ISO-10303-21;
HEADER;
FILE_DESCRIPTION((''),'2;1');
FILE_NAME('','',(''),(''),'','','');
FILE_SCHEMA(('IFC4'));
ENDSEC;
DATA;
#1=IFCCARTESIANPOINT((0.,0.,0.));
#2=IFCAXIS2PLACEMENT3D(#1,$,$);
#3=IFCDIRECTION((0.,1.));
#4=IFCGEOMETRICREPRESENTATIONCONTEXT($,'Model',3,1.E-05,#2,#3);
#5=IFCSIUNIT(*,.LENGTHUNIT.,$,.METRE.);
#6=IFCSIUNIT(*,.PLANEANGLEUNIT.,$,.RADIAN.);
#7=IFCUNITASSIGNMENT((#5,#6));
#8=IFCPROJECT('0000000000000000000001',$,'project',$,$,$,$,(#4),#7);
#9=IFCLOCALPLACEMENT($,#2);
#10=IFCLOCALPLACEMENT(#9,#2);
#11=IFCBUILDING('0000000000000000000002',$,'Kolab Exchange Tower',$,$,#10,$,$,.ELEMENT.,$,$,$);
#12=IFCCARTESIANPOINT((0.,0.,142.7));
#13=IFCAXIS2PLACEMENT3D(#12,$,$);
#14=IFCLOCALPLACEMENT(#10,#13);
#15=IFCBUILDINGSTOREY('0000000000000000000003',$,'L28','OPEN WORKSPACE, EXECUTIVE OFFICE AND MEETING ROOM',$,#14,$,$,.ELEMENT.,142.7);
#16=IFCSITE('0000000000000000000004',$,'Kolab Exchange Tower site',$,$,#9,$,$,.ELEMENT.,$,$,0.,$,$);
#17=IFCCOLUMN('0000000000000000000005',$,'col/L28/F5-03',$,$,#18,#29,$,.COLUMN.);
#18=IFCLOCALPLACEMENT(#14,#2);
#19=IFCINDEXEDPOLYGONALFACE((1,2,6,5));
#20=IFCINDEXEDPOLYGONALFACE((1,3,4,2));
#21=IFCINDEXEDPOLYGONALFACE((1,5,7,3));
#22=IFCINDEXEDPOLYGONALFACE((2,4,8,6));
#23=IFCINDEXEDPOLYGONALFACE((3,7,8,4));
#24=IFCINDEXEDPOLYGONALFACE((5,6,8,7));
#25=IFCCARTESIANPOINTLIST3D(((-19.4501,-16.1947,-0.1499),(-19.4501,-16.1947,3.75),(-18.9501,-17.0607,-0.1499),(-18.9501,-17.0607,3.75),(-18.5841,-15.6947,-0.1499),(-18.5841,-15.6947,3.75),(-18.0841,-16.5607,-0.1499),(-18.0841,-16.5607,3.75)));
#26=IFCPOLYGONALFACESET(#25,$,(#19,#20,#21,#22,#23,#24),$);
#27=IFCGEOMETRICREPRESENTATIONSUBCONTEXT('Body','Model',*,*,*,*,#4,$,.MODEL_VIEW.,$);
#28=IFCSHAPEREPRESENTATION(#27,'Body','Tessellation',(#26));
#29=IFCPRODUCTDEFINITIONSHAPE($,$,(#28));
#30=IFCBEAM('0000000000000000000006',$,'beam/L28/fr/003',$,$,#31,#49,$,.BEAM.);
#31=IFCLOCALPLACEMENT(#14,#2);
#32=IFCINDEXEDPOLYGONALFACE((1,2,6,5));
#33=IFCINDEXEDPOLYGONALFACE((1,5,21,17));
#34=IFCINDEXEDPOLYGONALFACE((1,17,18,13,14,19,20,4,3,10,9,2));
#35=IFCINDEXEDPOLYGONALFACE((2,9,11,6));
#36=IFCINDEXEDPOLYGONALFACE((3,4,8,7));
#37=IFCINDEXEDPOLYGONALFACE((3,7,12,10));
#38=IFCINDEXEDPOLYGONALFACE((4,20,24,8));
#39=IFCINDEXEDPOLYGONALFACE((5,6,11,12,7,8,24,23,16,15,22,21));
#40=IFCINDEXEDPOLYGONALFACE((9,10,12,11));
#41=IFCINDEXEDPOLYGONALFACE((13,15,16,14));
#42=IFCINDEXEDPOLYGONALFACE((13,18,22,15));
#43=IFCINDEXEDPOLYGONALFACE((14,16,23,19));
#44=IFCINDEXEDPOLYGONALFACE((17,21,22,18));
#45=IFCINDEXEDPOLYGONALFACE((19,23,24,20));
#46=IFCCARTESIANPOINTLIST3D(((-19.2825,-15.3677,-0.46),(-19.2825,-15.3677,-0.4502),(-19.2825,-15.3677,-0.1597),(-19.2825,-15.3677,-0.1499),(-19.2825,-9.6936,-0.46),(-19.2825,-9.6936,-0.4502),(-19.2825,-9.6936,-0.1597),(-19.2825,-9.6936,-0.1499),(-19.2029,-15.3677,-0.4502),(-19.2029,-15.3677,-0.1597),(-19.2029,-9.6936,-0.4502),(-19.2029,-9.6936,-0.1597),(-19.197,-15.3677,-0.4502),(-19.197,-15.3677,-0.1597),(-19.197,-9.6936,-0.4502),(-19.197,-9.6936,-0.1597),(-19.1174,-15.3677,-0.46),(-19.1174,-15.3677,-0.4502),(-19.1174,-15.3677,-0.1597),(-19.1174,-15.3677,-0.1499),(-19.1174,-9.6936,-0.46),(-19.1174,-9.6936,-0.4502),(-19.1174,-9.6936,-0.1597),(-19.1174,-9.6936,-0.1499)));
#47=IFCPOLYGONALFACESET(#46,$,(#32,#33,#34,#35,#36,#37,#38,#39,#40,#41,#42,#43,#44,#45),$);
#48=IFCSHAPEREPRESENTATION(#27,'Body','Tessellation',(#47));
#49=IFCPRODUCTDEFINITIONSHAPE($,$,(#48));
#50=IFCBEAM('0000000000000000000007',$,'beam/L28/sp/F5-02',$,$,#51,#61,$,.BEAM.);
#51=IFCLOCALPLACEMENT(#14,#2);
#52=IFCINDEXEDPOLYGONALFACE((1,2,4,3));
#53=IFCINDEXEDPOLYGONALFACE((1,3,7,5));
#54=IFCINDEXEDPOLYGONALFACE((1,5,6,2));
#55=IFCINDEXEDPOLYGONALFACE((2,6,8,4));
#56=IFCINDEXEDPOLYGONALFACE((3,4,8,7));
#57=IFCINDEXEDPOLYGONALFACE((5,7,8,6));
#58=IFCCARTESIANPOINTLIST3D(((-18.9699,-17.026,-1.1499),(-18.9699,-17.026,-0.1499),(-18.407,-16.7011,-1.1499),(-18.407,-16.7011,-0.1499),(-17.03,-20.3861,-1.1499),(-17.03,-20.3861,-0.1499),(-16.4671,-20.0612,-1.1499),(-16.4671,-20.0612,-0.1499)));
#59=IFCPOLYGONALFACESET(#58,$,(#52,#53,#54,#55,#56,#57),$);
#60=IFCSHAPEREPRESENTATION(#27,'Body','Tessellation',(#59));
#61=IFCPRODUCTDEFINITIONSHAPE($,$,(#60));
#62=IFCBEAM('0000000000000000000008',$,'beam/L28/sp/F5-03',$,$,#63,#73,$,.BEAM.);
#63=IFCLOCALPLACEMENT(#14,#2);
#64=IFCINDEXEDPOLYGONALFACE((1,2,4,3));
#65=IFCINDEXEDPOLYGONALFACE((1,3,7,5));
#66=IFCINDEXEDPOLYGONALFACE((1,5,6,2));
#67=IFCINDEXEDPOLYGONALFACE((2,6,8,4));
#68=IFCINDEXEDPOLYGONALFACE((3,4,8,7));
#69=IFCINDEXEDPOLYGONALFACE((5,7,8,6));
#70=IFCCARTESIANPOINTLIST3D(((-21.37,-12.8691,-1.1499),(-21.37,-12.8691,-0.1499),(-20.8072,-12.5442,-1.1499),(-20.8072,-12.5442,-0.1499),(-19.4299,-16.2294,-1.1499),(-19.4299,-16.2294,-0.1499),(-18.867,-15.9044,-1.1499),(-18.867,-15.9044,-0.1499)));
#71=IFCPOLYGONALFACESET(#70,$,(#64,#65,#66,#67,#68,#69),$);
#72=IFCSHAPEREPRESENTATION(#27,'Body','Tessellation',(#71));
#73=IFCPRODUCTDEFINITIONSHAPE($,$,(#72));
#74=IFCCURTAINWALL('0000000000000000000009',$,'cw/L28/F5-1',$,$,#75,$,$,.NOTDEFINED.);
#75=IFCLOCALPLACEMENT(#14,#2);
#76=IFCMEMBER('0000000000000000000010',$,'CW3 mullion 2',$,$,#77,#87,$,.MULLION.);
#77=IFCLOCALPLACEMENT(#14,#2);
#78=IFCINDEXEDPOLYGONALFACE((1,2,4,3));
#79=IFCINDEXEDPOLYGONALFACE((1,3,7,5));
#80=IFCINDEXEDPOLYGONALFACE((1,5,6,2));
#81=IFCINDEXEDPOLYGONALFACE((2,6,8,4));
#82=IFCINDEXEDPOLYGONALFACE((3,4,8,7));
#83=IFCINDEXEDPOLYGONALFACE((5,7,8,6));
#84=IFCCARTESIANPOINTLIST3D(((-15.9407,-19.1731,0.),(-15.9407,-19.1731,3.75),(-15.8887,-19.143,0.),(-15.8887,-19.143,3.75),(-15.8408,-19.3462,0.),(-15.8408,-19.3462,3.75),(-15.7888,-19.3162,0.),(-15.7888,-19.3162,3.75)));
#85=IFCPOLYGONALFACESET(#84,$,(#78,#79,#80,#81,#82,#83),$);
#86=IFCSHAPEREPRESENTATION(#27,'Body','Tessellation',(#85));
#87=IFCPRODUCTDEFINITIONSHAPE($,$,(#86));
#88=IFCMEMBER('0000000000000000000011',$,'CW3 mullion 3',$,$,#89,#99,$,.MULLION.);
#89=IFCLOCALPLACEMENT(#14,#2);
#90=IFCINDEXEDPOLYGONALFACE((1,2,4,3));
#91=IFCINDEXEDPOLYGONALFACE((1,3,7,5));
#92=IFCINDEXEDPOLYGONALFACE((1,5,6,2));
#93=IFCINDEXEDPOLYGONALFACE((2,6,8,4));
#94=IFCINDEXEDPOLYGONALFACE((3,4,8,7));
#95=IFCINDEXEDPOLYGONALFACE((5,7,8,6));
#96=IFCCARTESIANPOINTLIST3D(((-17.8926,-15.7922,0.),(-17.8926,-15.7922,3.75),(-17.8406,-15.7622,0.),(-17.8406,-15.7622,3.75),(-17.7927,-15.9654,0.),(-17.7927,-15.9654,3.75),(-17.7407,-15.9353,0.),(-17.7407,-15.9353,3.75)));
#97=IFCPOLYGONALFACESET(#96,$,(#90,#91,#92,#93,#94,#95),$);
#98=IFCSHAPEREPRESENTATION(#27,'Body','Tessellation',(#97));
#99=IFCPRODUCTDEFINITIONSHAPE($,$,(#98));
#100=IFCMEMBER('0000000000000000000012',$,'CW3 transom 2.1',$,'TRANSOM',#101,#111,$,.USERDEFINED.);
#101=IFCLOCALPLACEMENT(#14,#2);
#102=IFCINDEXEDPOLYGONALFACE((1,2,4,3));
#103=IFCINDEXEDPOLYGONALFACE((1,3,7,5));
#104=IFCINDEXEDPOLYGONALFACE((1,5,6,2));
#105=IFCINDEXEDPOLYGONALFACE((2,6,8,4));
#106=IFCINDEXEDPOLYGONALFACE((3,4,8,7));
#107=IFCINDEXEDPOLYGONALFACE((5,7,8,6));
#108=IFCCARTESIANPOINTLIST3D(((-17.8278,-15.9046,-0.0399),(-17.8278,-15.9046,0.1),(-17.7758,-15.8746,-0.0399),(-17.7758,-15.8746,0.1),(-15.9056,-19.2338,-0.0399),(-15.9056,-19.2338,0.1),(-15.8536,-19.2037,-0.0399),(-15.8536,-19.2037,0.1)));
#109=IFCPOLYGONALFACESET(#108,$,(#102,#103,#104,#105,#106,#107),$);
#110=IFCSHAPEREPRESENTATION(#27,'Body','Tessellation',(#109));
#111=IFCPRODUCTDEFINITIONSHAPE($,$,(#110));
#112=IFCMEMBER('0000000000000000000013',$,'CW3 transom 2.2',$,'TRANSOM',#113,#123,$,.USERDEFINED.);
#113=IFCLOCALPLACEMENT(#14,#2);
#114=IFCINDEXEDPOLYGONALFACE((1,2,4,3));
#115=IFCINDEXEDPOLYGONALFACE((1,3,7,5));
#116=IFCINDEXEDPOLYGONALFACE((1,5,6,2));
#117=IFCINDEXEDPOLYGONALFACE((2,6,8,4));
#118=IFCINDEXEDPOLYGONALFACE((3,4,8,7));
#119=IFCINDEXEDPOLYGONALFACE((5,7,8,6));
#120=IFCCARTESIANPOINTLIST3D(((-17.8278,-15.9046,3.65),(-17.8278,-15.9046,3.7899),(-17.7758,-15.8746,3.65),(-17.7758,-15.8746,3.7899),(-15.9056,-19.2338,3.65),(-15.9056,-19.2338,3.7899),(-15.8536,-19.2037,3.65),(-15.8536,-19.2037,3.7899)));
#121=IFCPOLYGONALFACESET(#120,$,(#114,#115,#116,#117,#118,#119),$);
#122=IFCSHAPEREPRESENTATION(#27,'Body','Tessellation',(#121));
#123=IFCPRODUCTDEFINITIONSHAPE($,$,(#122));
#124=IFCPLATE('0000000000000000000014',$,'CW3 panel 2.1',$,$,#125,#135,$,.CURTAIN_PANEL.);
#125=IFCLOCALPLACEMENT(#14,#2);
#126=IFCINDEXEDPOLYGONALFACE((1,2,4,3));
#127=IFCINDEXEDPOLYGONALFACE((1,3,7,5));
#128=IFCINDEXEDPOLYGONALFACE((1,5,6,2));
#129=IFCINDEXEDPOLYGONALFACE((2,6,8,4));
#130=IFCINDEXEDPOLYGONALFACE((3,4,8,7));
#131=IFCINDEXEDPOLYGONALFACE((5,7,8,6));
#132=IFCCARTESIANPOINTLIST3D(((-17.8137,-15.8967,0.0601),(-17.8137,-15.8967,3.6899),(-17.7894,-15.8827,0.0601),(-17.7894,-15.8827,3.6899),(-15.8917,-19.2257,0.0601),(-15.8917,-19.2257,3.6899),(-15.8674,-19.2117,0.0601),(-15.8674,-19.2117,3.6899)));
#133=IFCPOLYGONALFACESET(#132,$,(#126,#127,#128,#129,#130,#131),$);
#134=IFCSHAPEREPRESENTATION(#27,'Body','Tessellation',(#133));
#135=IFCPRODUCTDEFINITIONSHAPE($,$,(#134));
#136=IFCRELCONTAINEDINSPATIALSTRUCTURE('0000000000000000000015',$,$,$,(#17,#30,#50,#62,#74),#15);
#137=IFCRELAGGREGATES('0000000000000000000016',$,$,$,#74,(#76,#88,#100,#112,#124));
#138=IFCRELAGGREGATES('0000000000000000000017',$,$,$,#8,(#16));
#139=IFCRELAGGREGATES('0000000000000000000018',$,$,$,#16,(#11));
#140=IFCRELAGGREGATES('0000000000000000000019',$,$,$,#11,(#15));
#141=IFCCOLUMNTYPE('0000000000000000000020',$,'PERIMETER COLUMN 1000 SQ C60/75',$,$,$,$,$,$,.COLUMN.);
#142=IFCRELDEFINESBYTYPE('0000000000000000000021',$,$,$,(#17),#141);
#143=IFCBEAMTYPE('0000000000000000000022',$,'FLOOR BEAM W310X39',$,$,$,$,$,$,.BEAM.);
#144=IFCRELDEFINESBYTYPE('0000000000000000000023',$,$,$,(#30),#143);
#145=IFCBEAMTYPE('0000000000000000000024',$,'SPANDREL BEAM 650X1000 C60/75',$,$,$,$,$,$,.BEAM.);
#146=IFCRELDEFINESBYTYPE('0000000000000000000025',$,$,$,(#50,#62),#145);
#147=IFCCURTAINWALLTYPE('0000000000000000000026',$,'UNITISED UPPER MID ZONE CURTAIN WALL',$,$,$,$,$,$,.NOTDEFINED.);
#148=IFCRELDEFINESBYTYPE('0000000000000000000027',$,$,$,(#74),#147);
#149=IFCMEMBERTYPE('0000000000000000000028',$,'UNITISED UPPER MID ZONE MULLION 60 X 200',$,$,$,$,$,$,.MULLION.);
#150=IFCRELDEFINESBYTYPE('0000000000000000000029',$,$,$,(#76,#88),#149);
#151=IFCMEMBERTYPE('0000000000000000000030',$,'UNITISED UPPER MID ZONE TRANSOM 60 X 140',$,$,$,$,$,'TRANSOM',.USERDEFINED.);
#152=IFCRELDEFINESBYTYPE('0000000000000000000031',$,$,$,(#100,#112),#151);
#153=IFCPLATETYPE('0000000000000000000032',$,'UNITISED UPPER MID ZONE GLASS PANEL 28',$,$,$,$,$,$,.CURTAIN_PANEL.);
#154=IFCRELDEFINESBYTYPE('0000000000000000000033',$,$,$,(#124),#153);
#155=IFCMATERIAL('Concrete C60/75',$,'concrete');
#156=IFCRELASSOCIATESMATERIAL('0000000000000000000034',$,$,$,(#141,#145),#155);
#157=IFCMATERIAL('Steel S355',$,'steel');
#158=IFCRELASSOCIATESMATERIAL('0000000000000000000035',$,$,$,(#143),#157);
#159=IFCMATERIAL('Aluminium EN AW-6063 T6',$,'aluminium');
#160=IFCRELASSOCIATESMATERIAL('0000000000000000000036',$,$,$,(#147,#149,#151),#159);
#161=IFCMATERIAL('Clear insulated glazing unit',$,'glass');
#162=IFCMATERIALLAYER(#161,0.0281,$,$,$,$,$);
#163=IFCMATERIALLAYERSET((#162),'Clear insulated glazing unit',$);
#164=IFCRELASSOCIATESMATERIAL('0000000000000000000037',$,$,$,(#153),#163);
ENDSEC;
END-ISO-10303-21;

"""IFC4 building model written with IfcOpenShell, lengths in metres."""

from ifc_helpers import new_model, si_unit, direction, frame, origin, origin_2d, place, context, subcontext, project, spatial, rectangle, i_section, extrude, material, layer, layer_set, material_profile, profile_set, type_object, element, aggregate, save


model = new_model("IFC4")

# Units and contexts
model_context = context("Model", 3, precision=1e-05, world=origin(), true_north=direction((0.0, 1.0)))
body_context = subcontext(model_context, "Body", "Model", "MODEL_VIEW")
ifc_project = project(units=[si_unit("LENGTHUNIT", "METRE"), si_unit("PLANEANGLEUNIT", "RADIAN")], contexts=[model_context])

# Site, building, storey
site_placement = place(None, origin())
site = spatial("IfcSite", under=ifc_project, at=site_placement, Name="Kolab Exchange Tower site", CompositionType="ELEMENT", RefElevation=0.0)
building_placement = place(site_placement, origin())
building = spatial("IfcBuilding", under=site, at=building_placement, Name="Kolab Exchange Tower", CompositionType="ELEMENT")
storey_placement = place(building_placement, frame((0.0, 0.0, 142.7)))
storey = spatial("IfcBuildingStorey", under=building, at=storey_placement, Name="L28", Description="OPEN WORKSPACE, EXECUTIVE OFFICE AND MEETING ROOM", CompositionType="ELEMENT", Elevation=142.7)

# Column
ifc_material_1 = material(Name="Concrete C60/75", Category="concrete")
ifc_material_profile_1 = material_profile(ifc_material_1, rectangle(XDim=1.0, YDim=1.0, at=origin_2d()), Name="RC1000")
ifc_profile_set_1 = profile_set([ifc_material_profile_1], Name="Concrete C60/75")
column_type = type_object("IfcColumnType", Name="PERIMETER COLUMN 1000 SQ C60/75", PredefinedType="COLUMN", material=ifc_profile_set_1)
column_placement = place(storey_placement, frame((-18.7671, -16.3777, -0.1499), z_axis=(0.0, 0.0, 1.0), x_axis=(0.866025, 0.5, 0.0)))
element("IfcColumn", 1, at=column_placement, inside=storey, type_object=column_type, Name="col/L28/F5-03", PredefinedType="COLUMN", context=body_context, shape_type="SweptSolid", body=[
    extrude(rectangle(XDim=1.0, YDim=1.0, at=origin_2d()), origin(), (0.0, 0.0, 1.0), 3.8999),
])

# Beams
ifc_material_2 = material(Name="Steel S355", Category="steel")
ifc_material_profile_2 = material_profile(ifc_material_2, i_section(OverallWidth=0.165, OverallDepth=0.3101, WebThickness=0.0059, FlangeThickness=0.0098, at=origin_2d()), Name="W310X39")
ifc_profile_set_2 = profile_set([ifc_material_profile_2], Name="Steel S355")
beam_type_1 = type_object("IfcBeamType", Name="FLOOR BEAM W310X39", PredefinedType="BEAM", material=ifc_profile_set_2)
beam_1_placement = place(storey_placement, frame((-19.2, -15.3677, -0.3049), z_axis=(0.0, 1.0, 0.0), x_axis=(-1.0, 0.0, 0.0)))
element("IfcBeam", 2, at=beam_1_placement, inside=storey, type_object=beam_type_1, Name="beam/L28/fr/003", PredefinedType="BEAM", context=body_context, shape_type="SweptSolid", body=[
    extrude(i_section(OverallWidth=0.165, OverallDepth=0.3101, WebThickness=0.0059, FlangeThickness=0.0098, at=origin_2d()), origin(), (0.0, 0.0, 1.0), 5.6741),
])
ifc_material_profile_3 = material_profile(ifc_material_1, rectangle(XDim=0.6499, YDim=1.0, at=origin_2d()), Name="RC650X1000")
ifc_profile_set_3 = profile_set([ifc_material_profile_3], Name="Concrete C60/75")
beam_type_2 = type_object("IfcBeamType", Name="SPANDREL BEAM 650X1000 C60/75", PredefinedType="BEAM", material=ifc_profile_set_3)
beam_2_placement = place(storey_placement, frame((-16.7485, -20.2236, -0.6499), z_axis=(-0.499997, 0.866027, 0.0), x_axis=(-0.866027, -0.499997, 0.0)))
element("IfcBeam", 3, at=beam_2_placement, inside=storey, type_object=beam_type_2, Name="beam/L28/sp/F5-02", PredefinedType="BEAM", context=body_context, shape_type="SweptSolid", body=[
    extrude(rectangle(XDim=0.6499, YDim=1.0, at=origin_2d()), origin(), (0.0, 0.0, 1.0), 3.8799),
])
beam_3_placement = place(storey_placement, frame((-19.1484, -16.0669, -0.6499), z_axis=(-0.500017, 0.866016, 0.0), x_axis=(-0.866016, -0.500017, 0.0)))
element("IfcBeam", 4, at=beam_3_placement, inside=storey, type_object=beam_type_2, Name="beam/L28/sp/F5-03", PredefinedType="BEAM", context=body_context, shape_type="SweptSolid", body=[
    extrude(rectangle(XDim=0.6499, YDim=1.0, at=origin_2d()), origin(), (0.0, 0.0, 1.0), 3.8801),
])

# Curtain wall, members, plate
ifc_material_3 = material(Name="Aluminium EN AW-6063 T6", Category="aluminium")
curtain_wall_type = type_object("IfcCurtainWallType", Name="UNITISED UPPER MID ZONE CURTAIN WALL", PredefinedType="NOTDEFINED", material=ifc_material_3)
curtain_wall_placement = place(storey_placement, origin())
curtain_wall = element("IfcCurtainWall", 5, at=curtain_wall_placement, inside=storey, type_object=curtain_wall_type, Name="cw/L28/F5-1", PredefinedType="NOTDEFINED")
ifc_material_profile_4 = material_profile(ifc_material_3, rectangle(XDim=0.0601, YDim=0.2, at=origin_2d()), Name="RECT 60X200")
ifc_profile_set_4 = profile_set([ifc_material_profile_4], Name="Aluminium EN AW-6063 T6")
member_type_1 = type_object("IfcMemberType", Name="UNITISED UPPER MID ZONE MULLION 60 X 200", PredefinedType="MULLION", material=ifc_profile_set_4)
member_1_placement = place(storey_placement, frame((-15.8647, -19.2446, 0.0), z_axis=(0.0, 0.0, 1.0), x_axis=(-0.866025, -0.5, 0.0)))
member_1 = element("IfcMember", 6, at=member_1_placement, type_object=member_type_1, Name="CW3 mullion 2", PredefinedType="MULLION", context=body_context, shape_type="SweptSolid", body=[
    extrude(rectangle(XDim=0.0601, YDim=0.2, at=origin_2d()), origin(), (0.0, 0.0, 1.0), 3.75),
])
member_2_placement = place(storey_placement, frame((-17.8167, -15.8638, 0.0), z_axis=(0.0, 0.0, 1.0), x_axis=(-0.866025, -0.5, 0.0)))
member_2 = element("IfcMember", 7, at=member_2_placement, type_object=member_type_1, Name="CW3 mullion 3", PredefinedType="MULLION", context=body_context, shape_type="SweptSolid", body=[
    extrude(rectangle(XDim=0.0601, YDim=0.2, at=origin_2d()), origin(), (0.0, 0.0, 1.0), 3.75),
])
ifc_material_profile_5 = material_profile(ifc_material_3, rectangle(XDim=0.0601, YDim=0.1399, at=origin_2d()), Name="RECT 60X140")
ifc_profile_set_5 = profile_set([ifc_material_profile_5], Name="Aluminium EN AW-6063 T6")
member_type_2 = type_object("IfcMemberType", Name="UNITISED UPPER MID ZONE TRANSOM 60 X 140", ElementType="TRANSOM", PredefinedType="USERDEFINED", material=ifc_profile_set_5)
member_3_placement = place(storey_placement, frame((-15.8796, -19.2188, 0.03), z_axis=(-0.500012, 0.866018, 0.0), x_axis=(-0.866018, -0.500012, 0.0)))
member_3 = element("IfcMember", 8, at=member_3_placement, type_object=member_type_2, Name="CW3 transom 2.1", ObjectType="TRANSOM", PredefinedType="USERDEFINED", context=body_context, shape_type="SweptSolid", body=[
    extrude(rectangle(XDim=0.0601, YDim=0.1399, at=origin_2d()), origin(), (0.0, 0.0, 1.0), 3.8442),
])
member_4_placement = place(storey_placement, frame((-15.8796, -19.2188, 3.72), z_axis=(-0.500012, 0.866018, 0.0), x_axis=(-0.866018, -0.500012, 0.0)))
member_4 = element("IfcMember", 9, at=member_4_placement, type_object=member_type_2, Name="CW3 transom 2.2", ObjectType="TRANSOM", PredefinedType="USERDEFINED", context=body_context, shape_type="SweptSolid", body=[
    extrude(rectangle(XDim=0.0601, YDim=0.1399, at=origin_2d()), origin(), (0.0, 0.0, 1.0), 3.8442),
])
ifc_material_4 = material(Name="Clear insulated glazing unit", Category="glass")
ifc_layer_1 = layer(ifc_material_4, 0.0281)
ifc_layer_set_1 = layer_set([ifc_layer_1], Name="Clear insulated glazing unit")
plate_type = type_object("IfcPlateType", Name="UNITISED UPPER MID ZONE GLASS PANEL 28", PredefinedType="CURTAIN_PANEL", material=ifc_layer_set_1)
plate_placement = place(storey_placement, frame((-16.8406, -17.5542, 0.0601), z_axis=(0.0, 0.0, 1.0), x_axis=(-0.5, 0.866025, 0.0)))
plate = element("IfcPlate", 10, at=plate_placement, type_object=plate_type, Name="CW3 panel 2.1", PredefinedType="CURTAIN_PANEL", context=body_context, shape_type="SweptSolid", body=[
    extrude(rectangle(XDim=3.844, YDim=0.0281, at=origin_2d()), origin(), (0.0, 0.0, 1.0), 3.6299),
])
aggregate(curtain_wall, [member_1, member_2, member_3, member_4, plate])

save(model, "model.ifc")
